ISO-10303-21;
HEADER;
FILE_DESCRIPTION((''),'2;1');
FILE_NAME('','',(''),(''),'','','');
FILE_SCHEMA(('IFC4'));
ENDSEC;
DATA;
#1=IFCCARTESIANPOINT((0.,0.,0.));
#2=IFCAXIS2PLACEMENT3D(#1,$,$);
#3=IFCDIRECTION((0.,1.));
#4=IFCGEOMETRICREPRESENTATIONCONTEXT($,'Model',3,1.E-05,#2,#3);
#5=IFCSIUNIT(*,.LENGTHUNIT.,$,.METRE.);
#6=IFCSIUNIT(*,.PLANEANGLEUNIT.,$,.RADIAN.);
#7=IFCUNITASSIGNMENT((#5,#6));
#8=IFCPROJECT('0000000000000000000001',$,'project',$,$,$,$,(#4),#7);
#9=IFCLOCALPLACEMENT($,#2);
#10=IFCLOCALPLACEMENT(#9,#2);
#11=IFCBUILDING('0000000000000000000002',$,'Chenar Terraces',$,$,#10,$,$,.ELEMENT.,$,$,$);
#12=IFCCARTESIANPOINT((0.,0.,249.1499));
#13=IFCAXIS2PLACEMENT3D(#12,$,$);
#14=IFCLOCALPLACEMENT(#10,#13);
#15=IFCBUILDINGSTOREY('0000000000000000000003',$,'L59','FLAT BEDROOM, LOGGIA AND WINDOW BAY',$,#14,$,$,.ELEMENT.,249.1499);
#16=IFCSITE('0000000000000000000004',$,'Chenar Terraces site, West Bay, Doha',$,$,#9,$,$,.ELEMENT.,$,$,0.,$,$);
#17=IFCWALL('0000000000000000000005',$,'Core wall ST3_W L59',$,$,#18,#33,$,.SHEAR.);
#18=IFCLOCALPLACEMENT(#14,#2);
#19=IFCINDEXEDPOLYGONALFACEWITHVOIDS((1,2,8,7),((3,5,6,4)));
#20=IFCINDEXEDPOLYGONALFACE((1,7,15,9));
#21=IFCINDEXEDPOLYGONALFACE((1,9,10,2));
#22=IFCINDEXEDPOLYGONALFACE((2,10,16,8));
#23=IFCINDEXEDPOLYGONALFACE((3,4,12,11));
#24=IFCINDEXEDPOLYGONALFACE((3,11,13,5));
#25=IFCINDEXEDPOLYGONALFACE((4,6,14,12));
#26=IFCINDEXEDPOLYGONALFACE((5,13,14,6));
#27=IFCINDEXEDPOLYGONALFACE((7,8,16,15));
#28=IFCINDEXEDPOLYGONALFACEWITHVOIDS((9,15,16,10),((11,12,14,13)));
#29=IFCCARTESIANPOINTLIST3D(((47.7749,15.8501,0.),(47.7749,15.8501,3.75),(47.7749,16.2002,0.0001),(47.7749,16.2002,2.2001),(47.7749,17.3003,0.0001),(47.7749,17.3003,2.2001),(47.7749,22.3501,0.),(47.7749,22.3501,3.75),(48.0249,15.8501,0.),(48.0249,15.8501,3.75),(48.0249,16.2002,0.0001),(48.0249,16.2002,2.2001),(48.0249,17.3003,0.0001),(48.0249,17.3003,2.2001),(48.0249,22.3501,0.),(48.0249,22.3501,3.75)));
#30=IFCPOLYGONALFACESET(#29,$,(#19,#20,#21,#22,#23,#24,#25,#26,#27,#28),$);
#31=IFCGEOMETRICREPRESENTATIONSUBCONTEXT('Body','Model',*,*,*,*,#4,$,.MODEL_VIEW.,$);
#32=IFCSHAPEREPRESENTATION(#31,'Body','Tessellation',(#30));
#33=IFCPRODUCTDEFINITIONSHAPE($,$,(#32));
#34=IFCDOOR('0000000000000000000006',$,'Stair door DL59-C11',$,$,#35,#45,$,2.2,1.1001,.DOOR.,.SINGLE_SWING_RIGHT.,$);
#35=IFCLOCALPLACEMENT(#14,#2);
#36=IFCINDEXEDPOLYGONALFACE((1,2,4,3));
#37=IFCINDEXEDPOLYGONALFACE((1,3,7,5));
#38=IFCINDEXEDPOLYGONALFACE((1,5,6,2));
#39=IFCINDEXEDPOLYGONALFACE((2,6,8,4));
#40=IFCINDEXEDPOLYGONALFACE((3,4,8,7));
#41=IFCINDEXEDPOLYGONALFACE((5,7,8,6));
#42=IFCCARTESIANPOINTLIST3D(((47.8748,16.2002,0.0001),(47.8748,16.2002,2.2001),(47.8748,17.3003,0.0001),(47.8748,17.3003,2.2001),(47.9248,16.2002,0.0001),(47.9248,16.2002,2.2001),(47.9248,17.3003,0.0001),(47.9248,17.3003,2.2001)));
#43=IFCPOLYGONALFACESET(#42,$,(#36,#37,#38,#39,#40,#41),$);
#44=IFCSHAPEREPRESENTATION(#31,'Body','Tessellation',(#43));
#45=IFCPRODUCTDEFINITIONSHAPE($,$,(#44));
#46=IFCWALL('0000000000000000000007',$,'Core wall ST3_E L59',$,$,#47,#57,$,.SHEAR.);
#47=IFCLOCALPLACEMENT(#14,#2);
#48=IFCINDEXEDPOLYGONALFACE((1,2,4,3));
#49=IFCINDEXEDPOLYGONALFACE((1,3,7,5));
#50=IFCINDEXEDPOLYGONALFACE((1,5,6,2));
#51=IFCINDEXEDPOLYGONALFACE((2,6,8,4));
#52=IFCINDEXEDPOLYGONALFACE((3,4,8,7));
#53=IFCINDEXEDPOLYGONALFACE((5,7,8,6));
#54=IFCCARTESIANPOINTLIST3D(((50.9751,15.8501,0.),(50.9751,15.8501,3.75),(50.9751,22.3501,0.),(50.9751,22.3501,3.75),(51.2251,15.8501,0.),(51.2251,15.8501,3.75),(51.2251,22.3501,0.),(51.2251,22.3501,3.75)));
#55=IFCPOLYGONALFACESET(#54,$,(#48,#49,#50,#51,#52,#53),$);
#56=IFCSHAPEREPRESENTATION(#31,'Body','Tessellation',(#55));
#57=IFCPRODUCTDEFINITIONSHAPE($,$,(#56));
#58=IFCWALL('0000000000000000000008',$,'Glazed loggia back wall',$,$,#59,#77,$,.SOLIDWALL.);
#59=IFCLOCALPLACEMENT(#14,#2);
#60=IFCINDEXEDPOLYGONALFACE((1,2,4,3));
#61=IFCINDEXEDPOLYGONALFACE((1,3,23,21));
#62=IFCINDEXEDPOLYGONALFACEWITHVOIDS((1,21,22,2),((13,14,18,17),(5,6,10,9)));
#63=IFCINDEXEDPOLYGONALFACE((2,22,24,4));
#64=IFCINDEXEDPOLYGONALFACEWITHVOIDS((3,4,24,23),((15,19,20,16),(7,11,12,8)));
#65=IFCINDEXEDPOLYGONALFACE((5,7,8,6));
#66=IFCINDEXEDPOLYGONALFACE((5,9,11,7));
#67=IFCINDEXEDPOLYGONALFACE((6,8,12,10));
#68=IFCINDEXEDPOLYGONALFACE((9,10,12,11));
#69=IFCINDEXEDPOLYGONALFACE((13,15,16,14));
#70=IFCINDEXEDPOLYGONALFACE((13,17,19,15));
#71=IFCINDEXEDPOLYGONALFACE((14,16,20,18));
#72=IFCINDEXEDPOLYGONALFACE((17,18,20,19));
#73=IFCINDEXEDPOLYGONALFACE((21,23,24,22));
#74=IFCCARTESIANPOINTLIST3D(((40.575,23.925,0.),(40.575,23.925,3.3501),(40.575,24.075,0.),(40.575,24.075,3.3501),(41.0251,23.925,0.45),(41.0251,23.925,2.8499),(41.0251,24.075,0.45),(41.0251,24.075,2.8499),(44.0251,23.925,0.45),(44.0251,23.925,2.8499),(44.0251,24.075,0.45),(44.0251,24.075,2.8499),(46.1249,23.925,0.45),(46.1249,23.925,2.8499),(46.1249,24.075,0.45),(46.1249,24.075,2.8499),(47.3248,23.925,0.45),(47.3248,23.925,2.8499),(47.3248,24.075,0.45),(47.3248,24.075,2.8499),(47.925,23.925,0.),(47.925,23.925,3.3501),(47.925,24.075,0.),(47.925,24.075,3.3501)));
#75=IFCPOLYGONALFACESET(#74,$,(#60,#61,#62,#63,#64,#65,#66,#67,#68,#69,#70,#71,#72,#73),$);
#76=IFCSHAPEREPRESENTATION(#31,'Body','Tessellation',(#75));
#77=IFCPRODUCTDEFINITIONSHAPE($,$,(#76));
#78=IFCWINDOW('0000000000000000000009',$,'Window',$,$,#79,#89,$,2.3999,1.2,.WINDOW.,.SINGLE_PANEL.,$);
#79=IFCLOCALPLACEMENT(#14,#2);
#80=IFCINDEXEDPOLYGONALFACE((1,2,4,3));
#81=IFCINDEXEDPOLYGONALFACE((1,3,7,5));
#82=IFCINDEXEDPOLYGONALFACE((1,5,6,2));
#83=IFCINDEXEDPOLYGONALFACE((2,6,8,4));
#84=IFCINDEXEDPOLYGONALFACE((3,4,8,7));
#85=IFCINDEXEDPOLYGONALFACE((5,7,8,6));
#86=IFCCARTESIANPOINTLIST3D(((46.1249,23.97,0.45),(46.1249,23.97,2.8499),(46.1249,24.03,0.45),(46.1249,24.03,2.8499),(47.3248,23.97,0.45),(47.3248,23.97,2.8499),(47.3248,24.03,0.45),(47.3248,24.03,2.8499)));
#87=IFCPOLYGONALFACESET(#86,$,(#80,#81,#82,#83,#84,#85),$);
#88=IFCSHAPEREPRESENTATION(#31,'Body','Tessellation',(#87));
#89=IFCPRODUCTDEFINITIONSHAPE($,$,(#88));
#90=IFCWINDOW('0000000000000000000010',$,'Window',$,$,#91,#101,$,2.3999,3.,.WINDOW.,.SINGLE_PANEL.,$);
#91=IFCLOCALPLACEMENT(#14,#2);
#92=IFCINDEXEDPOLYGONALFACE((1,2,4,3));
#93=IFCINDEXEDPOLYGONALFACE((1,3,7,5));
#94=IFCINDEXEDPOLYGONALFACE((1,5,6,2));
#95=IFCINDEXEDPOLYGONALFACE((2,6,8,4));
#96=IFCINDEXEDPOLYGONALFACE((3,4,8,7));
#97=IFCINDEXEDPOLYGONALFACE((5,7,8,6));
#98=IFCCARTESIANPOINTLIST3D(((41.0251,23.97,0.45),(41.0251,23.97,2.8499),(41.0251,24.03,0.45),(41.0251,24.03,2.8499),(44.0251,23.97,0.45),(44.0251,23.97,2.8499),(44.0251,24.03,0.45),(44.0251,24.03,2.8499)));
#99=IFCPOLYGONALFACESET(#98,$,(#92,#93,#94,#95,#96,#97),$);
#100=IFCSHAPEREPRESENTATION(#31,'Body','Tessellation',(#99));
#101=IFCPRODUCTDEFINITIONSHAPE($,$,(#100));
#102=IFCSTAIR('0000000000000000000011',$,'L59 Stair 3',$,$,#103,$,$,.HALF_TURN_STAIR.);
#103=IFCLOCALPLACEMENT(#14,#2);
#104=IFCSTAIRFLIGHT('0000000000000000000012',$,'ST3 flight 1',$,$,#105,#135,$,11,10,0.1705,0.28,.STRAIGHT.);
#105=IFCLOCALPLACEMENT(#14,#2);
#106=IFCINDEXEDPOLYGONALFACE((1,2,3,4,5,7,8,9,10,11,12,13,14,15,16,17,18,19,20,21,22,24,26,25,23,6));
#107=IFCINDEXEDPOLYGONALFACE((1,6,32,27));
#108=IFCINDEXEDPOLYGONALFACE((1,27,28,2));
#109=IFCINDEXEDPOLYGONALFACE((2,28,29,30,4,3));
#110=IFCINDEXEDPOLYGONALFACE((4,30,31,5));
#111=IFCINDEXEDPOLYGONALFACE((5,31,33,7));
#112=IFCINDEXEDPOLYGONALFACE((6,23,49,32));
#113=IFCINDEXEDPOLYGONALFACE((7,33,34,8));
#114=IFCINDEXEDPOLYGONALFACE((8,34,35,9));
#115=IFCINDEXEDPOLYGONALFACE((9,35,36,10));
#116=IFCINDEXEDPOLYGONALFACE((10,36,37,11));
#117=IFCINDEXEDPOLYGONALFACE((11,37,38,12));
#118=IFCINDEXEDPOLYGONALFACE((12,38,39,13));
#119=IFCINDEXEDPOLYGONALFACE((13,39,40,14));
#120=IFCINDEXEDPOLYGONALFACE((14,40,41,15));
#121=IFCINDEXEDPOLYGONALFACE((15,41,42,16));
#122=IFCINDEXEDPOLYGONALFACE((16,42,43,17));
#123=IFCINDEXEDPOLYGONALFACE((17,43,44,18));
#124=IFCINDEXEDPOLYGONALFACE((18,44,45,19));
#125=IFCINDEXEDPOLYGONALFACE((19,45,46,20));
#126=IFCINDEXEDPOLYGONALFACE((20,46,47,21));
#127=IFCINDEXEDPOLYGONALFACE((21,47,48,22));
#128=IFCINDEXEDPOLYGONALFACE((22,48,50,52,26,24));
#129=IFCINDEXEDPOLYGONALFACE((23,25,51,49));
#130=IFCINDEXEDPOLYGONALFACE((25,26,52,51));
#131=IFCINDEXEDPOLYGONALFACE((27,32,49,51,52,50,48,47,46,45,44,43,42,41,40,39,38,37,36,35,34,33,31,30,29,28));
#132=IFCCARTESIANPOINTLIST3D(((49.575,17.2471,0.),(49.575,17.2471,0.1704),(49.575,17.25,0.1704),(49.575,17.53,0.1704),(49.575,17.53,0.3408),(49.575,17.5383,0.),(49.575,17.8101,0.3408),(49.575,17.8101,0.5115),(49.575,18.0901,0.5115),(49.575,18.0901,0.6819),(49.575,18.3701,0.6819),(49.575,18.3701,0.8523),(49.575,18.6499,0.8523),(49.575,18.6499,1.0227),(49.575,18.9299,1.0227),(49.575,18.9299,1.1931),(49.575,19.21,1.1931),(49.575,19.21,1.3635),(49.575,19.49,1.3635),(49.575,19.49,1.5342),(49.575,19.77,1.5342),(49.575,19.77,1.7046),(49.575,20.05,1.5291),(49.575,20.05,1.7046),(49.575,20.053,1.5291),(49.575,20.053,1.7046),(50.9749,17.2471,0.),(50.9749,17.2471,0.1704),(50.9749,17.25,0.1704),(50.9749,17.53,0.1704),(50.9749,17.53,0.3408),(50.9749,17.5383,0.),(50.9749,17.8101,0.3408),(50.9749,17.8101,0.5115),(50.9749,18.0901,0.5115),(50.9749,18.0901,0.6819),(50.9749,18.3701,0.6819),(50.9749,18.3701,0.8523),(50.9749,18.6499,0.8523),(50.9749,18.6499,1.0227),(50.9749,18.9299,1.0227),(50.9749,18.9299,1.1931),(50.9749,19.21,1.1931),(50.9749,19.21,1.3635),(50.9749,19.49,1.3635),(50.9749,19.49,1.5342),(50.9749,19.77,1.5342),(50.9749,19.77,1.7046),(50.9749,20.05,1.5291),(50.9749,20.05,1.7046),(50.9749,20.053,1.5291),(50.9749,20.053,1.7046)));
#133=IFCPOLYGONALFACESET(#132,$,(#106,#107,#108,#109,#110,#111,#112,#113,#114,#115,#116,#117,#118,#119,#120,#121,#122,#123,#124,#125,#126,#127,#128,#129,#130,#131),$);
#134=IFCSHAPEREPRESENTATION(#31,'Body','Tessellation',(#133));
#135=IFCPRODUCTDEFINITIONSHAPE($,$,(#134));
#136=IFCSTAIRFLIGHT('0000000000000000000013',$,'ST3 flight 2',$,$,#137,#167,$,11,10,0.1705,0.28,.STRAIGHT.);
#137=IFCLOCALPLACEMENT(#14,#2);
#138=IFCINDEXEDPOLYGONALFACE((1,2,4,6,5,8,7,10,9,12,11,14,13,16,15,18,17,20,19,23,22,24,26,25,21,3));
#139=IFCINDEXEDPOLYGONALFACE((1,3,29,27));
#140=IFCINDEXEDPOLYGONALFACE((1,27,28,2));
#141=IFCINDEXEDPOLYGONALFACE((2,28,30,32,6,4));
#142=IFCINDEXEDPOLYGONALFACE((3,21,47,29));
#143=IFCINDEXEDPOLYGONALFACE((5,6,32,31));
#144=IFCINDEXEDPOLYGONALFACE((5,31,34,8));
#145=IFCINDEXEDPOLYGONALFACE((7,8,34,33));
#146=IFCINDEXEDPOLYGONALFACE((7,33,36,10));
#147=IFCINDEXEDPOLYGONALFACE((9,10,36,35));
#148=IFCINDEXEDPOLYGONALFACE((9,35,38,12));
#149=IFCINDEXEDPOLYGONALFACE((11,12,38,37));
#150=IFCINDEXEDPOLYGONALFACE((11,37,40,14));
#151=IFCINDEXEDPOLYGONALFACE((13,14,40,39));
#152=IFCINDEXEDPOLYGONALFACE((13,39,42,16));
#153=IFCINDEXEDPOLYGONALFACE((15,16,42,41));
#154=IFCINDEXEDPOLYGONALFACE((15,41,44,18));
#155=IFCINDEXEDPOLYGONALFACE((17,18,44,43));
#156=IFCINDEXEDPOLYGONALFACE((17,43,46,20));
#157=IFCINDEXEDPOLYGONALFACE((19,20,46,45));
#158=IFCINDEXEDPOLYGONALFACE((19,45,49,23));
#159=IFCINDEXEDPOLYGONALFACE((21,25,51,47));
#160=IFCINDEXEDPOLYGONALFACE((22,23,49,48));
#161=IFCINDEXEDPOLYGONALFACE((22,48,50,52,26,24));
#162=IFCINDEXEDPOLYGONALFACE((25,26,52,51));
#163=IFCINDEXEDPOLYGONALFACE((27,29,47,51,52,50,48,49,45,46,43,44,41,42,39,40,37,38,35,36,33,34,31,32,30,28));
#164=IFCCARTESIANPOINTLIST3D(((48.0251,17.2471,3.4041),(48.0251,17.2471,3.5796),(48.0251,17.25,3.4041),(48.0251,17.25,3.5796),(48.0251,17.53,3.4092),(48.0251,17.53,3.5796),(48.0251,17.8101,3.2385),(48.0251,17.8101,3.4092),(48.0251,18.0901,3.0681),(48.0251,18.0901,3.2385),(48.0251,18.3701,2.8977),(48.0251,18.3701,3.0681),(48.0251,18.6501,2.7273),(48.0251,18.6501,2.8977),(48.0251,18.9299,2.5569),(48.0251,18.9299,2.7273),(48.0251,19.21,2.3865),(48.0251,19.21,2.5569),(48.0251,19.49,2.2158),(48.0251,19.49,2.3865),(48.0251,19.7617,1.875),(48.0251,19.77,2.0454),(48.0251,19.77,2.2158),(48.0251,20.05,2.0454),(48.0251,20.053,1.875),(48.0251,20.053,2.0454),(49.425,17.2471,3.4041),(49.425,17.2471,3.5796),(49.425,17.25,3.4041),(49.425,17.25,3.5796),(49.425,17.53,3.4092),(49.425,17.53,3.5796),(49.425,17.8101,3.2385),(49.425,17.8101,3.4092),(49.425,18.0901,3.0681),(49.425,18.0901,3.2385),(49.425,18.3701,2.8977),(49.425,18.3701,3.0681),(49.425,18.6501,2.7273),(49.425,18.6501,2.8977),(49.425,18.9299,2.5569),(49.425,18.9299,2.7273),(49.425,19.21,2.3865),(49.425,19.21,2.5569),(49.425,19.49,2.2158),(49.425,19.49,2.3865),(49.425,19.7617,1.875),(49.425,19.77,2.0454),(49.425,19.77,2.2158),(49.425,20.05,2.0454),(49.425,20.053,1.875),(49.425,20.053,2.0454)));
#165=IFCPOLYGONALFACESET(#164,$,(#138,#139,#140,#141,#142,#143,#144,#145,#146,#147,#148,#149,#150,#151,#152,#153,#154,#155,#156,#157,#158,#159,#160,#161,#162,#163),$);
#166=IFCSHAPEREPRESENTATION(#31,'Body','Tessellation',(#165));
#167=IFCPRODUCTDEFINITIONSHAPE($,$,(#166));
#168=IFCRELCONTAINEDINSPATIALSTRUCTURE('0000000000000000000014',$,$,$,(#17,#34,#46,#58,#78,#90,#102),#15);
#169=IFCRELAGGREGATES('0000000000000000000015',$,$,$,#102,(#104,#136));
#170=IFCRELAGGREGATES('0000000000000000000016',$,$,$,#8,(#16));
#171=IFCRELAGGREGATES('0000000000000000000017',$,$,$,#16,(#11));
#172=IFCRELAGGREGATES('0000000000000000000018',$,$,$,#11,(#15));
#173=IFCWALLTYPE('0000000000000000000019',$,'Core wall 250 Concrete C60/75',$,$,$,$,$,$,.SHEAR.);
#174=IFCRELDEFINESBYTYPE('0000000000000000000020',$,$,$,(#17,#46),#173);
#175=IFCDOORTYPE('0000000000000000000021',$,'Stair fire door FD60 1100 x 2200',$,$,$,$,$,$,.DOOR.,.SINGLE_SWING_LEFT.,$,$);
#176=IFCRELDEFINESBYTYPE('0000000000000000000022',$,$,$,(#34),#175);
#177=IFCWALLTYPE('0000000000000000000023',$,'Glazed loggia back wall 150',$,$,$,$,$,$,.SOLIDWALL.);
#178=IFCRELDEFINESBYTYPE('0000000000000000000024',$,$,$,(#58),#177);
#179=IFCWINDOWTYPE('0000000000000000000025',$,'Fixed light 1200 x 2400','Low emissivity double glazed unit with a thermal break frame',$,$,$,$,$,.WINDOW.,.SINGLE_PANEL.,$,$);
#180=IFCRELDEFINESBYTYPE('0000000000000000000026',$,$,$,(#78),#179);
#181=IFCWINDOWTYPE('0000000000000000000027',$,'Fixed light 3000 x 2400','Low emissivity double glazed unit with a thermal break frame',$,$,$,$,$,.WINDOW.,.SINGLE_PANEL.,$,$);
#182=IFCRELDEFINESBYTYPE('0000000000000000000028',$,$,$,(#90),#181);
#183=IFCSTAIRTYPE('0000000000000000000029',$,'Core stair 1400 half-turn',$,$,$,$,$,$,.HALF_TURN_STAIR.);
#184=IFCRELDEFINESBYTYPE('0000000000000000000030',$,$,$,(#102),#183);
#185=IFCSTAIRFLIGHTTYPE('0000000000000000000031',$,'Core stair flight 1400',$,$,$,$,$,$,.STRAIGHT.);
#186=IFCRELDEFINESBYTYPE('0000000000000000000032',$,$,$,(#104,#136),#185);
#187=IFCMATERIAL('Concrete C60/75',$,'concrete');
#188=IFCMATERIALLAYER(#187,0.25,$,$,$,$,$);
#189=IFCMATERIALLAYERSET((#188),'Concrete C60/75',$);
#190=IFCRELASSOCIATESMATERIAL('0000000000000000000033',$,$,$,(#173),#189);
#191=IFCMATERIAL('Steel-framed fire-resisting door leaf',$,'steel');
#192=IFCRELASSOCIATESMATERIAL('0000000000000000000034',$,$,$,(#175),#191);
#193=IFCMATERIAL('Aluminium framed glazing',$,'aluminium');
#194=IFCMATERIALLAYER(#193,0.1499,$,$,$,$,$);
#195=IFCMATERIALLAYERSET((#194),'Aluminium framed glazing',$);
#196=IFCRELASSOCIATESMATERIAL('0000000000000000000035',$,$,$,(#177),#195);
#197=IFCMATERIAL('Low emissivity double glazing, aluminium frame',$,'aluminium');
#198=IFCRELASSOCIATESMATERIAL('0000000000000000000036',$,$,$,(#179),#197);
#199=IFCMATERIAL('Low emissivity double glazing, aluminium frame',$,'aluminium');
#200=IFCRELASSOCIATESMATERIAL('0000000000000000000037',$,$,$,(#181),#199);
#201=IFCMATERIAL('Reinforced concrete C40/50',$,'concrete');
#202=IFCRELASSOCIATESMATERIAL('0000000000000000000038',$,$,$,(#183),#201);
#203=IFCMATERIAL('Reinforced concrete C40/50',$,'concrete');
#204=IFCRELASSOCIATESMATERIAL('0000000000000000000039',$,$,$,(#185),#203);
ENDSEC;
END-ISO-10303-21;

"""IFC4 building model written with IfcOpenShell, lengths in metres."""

from ifc_helpers import new_model, si_unit, direction, frame, frame_2d, origin, place, context, subcontext, project, spatial, polyline, rectangle, outline, extrude, material, layer, layer_set, type_object, element, fill, aggregate, save


model = new_model("IFC4")

# Units and contexts
model_context = context("Model", 3, precision=1e-05, world=origin(), true_north=direction((0.0, 1.0)))
body_context = subcontext(model_context, "Body", "Model", "MODEL_VIEW")
ifc_project = project(units=[si_unit("LENGTHUNIT", "METRE"), si_unit("PLANEANGLEUNIT", "RADIAN")], contexts=[model_context])

# Site, building, storey
site_placement = place(None, origin())
site = spatial("IfcSite", under=ifc_project, at=site_placement, Name="Chenar Terraces site, West Bay, Doha", CompositionType="ELEMENT", RefElevation=0.0)
building_placement = place(site_placement, origin())
building = spatial("IfcBuilding", under=site, at=building_placement, Name="Chenar Terraces", CompositionType="ELEMENT")
storey_placement = place(building_placement, frame((0.0, 0.0, 249.1499)))
storey = spatial("IfcBuildingStorey", under=building, at=storey_placement, Name="L59", Description="FLAT BEDROOM, LOGGIA AND WINDOW BAY", CompositionType="ELEMENT", Elevation=249.1499)

# Wall, opening, door
ifc_material_1 = material(Name="Concrete C60/75", Category="concrete")
ifc_layer_1 = layer(ifc_material_1, 0.25)
ifc_layer_set_1 = layer_set([ifc_layer_1], Name="Concrete C60/75")
wall_type_1 = type_object("IfcWallType", Name="Core wall 250 Concrete C60/75", PredefinedType="SHEAR", material=ifc_layer_set_1)
wall_1_placement = place(storey_placement, frame((47.8999, 15.8501, 0.0), z_axis=(0.0, 0.0, 1.0), x_axis=(0.0, 1.0, 0.0)))
wall_1 = element("IfcWall", 1, at=wall_1_placement, inside=storey, type_object=wall_type_1, Name="Core wall ST3_W L59", PredefinedType="SHEAR", context=body_context, shape_type="SweptSolid", body=[
    extrude(rectangle(XDim=6.5, YDim=0.25, at=frame_2d((3.25, 0.0))), origin(), (0.0, 0.0, 1.0), 3.75),
])
opening_1_placement = place(wall_1_placement, frame((0.3501, 0.0, 0.0)))
opening_1 = element("IfcOpeningElement", 2, at=opening_1_placement, cuts=wall_1, PredefinedType="OPENING", context=body_context, shape_type="SweptSolid", body=[
    extrude(rectangle(XDim=1.1001, YDim=2.2, at=frame_2d((0.55, 1.1001))), frame((0.0, 0.135, 0.0), z_axis=(0.0, -1.0, 0.0), x_axis=(1.0, 0.0, 0.0)), (0.0, 0.0, 1.0), 0.27),
])
ifc_material_2 = material(Name="Steel-framed fire-resisting door leaf", Category="steel")
door_type = type_object("IfcDoorType", Name="Stair fire door FD60 1100 x 2200", OperationType="SINGLE_SWING_LEFT", PredefinedType="DOOR", material=ifc_material_2)
door_placement = place(opening_1_placement, frame((1.1001, 0.0, 0.0), z_axis=(0.0, 0.0, 1.0), x_axis=(-1.0, 0.0, 0.0)))
door = element("IfcDoor", 3, at=door_placement, inside=storey, type_object=door_type, Name="Stair door DL59-C11", OperationType="SINGLE_SWING_RIGHT", OverallHeight=2.2, OverallWidth=1.1001, PredefinedType="DOOR", context=body_context, shape_type="SweptSolid", body=[
    extrude(rectangle(XDim=1.1001, YDim=2.2, at=frame_2d((0.55, 1.1001))), frame((0.0, 0.0249, 0.0), z_axis=(0.0, -1.0, 0.0), x_axis=(1.0, 0.0, 0.0)), (0.0, 0.0, 1.0), 0.05),
])
fill(opening_1, door)

# Wall
wall_2_placement = place(storey_placement, frame((51.1001, 15.8501, 0.0), z_axis=(0.0, 0.0, 1.0), x_axis=(0.0, 1.0, 0.0)))
element("IfcWall", 4, at=wall_2_placement, inside=storey, type_object=wall_type_1, Name="Core wall ST3_E L59", PredefinedType="SHEAR", context=body_context, shape_type="SweptSolid", body=[
    extrude(rectangle(XDim=6.5, YDim=0.25, at=frame_2d((3.25, 0.0))), origin(), (0.0, 0.0, 1.0), 3.75),
])

# Wall, openings, windows
ifc_material_3 = material(Name="Aluminium framed glazing", Category="aluminium")
ifc_layer_2 = layer(ifc_material_3, 0.1499)
ifc_layer_set_2 = layer_set([ifc_layer_2], Name="Aluminium framed glazing")
wall_type_2 = type_object("IfcWallType", Name="Glazed loggia back wall 150", PredefinedType="SOLIDWALL", material=ifc_layer_set_2)
wall_3_placement = place(storey_placement, frame((47.925, 24.0, 0.0), z_axis=(0.0, 0.0, 1.0), x_axis=(-1.0, 0.0, 0.0)))
wall_3 = element("IfcWall", 5, at=wall_3_placement, inside=storey, type_object=wall_type_2, Name="Glazed loggia back wall", PredefinedType="SOLIDWALL", context=body_context, shape_type="SweptSolid", body=[
    extrude(rectangle(XDim=7.3501, YDim=0.1499, at=frame_2d((3.675, 0.0))), origin(), (0.0, 0.0, 1.0), 3.3501),
])
opening_2_placement = place(wall_3_placement, frame((0.6001, 0.0, 0.45)))
opening_2 = element("IfcOpeningElement", 6, at=opening_2_placement, cuts=wall_3, PredefinedType="OPENING", context=body_context, shape_type="SweptSolid", body=[
    extrude(rectangle(XDim=1.2, YDim=2.3999, at=frame_2d((0.6001, 1.2))), frame((0.0, 0.085, 0.0), z_axis=(0.0, -1.0, 0.0), x_axis=(1.0, 0.0, 0.0)), (0.0, 0.0, 1.0), 0.1699),
])
opening_3_placement = place(wall_3_placement, frame((3.8999, 0.0, 0.45)))
opening_3 = element("IfcOpeningElement", 7, at=opening_3_placement, cuts=wall_3, PredefinedType="OPENING", context=body_context, shape_type="SweptSolid", body=[
    extrude(rectangle(XDim=3.0, YDim=2.3999, at=frame_2d((1.5, 1.2))), frame((0.0, 0.085, 0.0), z_axis=(0.0, -1.0, 0.0), x_axis=(1.0, 0.0, 0.0)), (0.0, 0.0, 1.0), 0.1699),
])
ifc_material_4 = material(Name="Low emissivity double glazing, aluminium frame", Category="aluminium")
window_type_1 = type_object("IfcWindowType", Name="Fixed light 1200 x 2400", Description="Low emissivity double glazed unit with a thermal break frame", PartitioningType="SINGLE_PANEL", PredefinedType="WINDOW", material=ifc_material_4)
window_1_placement = place(opening_2_placement, origin())
window_1 = element("IfcWindow", 8, at=window_1_placement, inside=storey, type_object=window_type_1, Name="Window", OverallHeight=2.3999, OverallWidth=1.2, PartitioningType="SINGLE_PANEL", PredefinedType="WINDOW", context=body_context, shape_type="SweptSolid", body=[
    extrude(rectangle(XDim=1.2, YDim=2.3999, at=frame_2d((0.6001, 1.2))), frame((0.0, 0.03, 0.0), z_axis=(0.0, -1.0, 0.0), x_axis=(1.0, 0.0, 0.0)), (0.0, 0.0, 1.0), 0.0601),
])
fill(opening_2, window_1)
ifc_material_5 = material(Name="Low emissivity double glazing, aluminium frame", Category="aluminium")
window_type_2 = type_object("IfcWindowType", Name="Fixed light 3000 x 2400", Description="Low emissivity double glazed unit with a thermal break frame", PartitioningType="SINGLE_PANEL", PredefinedType="WINDOW", material=ifc_material_5)
window_2_placement = place(opening_3_placement, origin())
window_2 = element("IfcWindow", 9, at=window_2_placement, inside=storey, type_object=window_type_2, Name="Window", OverallHeight=2.3999, OverallWidth=3.0, PartitioningType="SINGLE_PANEL", PredefinedType="WINDOW", context=body_context, shape_type="SweptSolid", body=[
    extrude(rectangle(XDim=3.0, YDim=2.3999, at=frame_2d((1.5, 1.2))), frame((0.0, 0.03, 0.0), z_axis=(0.0, -1.0, 0.0), x_axis=(1.0, 0.0, 0.0)), (0.0, 0.0, 1.0), 0.0601),
])
fill(opening_3, window_2)

# Stair, stair flights
ifc_material_6 = material(Name="Reinforced concrete C40/50", Category="concrete")
stair_type = type_object("IfcStairType", Name="Core stair 1400 half-turn", PredefinedType="HALF_TURN_STAIR", material=ifc_material_6)
stair_placement = place(storey_placement, origin())
stair = element("IfcStair", 10, at=stair_placement, inside=storey, type_object=stair_type, Name="L59 Stair 3", PredefinedType="HALF_TURN_STAIR")
ifc_material_7 = material(Name="Reinforced concrete C40/50", Category="concrete")
stair_flight_type = type_object("IfcStairFlightType", Name="Core stair flight 1400", PredefinedType="STRAIGHT", material=ifc_material_7)
stair_flight_1_placement = place(storey_placement, frame((50.2749, 17.25, 0.0), z_axis=(0.0, 0.0, 1.0), x_axis=(0.0, 1.0, 0.0)))
stair_flight_1 = element("IfcStairFlight", 11, at=stair_flight_1_placement, type_object=stair_flight_type, Name="ST3 flight 1", NumberOfRisers=11, NumberOfTreads=10, PredefinedType="STRAIGHT", RiserHeight=0.1705, TreadLength=0.28, context=body_context, shape_type="SweptSolid", body=[
    extrude(outline(polyline([(-0.0029, 0.0), (-0.0029, 0.1704), (0.0, 0.1704), (0.28, 0.1704), (0.28, 0.3408), (0.5601, 0.3408), (0.5601, 0.5115), (0.8401, 0.5115), (0.8401, 0.6819), (1.1201, 0.6819), (1.1201, 0.8523), (1.3999, 0.8523), (1.3999, 1.0227), (1.6799, 1.0227), (1.6799, 1.1931), (1.96, 1.1931), (1.96, 1.3635), (2.24, 1.3635), (2.24, 1.5342), (2.52, 1.5342), (2.52, 1.7046), (2.8, 1.7046), (2.803, 1.7046), (2.803, 1.5291), (2.8, 1.5291), (0.2883, 0.0), (-0.0029, 0.0)])), frame((0.0, 0.7, 0.0), z_axis=(0.0, -1.0, 0.0), x_axis=(1.0, 0.0, 0.0)), (0.0, 0.0, 1.0), 1.3999),
])
stair_flight_2_placement = place(storey_placement, frame((48.7251, 20.05, 1.875), z_axis=(0.0, 0.0, 1.0), x_axis=(0.0, -1.0, 0.0)))
stair_flight_2 = element("IfcStairFlight", 12, at=stair_flight_2_placement, type_object=stair_flight_type, Name="ST3 flight 2", NumberOfRisers=11, NumberOfTreads=10, PredefinedType="STRAIGHT", RiserHeight=0.1705, TreadLength=0.28, context=body_context, shape_type="SweptSolid", body=[
    extrude(outline(polyline([(-0.0029, 0.0), (-0.0029, 0.1704), (0.0, 0.1704), (0.28, 0.1704), (0.28, 0.3408), (0.5601, 0.3408), (0.5601, 0.5115), (0.8401, 0.5115), (0.8401, 0.6819), (1.1201, 0.6819), (1.1201, 0.8523), (1.3999, 0.8523), (1.3999, 1.0227), (1.6799, 1.0227), (1.6799, 1.1931), (1.96, 1.1931), (1.96, 1.3635), (2.24, 1.3635), (2.24, 1.5342), (2.52, 1.5342), (2.52, 1.7046), (2.8, 1.7046), (2.803, 1.7046), (2.803, 1.5291), (2.8, 1.5291), (0.2883, 0.0), (-0.0029, 0.0)])), frame((0.0, 0.7, 0.0), z_axis=(0.0, -1.0, 0.0), x_axis=(1.0, 0.0, 0.0)), (0.0, 0.0, 1.0), 1.3999),
])
aggregate(stair, [stair_flight_1, stair_flight_2])

save(model, "model.ifc")
